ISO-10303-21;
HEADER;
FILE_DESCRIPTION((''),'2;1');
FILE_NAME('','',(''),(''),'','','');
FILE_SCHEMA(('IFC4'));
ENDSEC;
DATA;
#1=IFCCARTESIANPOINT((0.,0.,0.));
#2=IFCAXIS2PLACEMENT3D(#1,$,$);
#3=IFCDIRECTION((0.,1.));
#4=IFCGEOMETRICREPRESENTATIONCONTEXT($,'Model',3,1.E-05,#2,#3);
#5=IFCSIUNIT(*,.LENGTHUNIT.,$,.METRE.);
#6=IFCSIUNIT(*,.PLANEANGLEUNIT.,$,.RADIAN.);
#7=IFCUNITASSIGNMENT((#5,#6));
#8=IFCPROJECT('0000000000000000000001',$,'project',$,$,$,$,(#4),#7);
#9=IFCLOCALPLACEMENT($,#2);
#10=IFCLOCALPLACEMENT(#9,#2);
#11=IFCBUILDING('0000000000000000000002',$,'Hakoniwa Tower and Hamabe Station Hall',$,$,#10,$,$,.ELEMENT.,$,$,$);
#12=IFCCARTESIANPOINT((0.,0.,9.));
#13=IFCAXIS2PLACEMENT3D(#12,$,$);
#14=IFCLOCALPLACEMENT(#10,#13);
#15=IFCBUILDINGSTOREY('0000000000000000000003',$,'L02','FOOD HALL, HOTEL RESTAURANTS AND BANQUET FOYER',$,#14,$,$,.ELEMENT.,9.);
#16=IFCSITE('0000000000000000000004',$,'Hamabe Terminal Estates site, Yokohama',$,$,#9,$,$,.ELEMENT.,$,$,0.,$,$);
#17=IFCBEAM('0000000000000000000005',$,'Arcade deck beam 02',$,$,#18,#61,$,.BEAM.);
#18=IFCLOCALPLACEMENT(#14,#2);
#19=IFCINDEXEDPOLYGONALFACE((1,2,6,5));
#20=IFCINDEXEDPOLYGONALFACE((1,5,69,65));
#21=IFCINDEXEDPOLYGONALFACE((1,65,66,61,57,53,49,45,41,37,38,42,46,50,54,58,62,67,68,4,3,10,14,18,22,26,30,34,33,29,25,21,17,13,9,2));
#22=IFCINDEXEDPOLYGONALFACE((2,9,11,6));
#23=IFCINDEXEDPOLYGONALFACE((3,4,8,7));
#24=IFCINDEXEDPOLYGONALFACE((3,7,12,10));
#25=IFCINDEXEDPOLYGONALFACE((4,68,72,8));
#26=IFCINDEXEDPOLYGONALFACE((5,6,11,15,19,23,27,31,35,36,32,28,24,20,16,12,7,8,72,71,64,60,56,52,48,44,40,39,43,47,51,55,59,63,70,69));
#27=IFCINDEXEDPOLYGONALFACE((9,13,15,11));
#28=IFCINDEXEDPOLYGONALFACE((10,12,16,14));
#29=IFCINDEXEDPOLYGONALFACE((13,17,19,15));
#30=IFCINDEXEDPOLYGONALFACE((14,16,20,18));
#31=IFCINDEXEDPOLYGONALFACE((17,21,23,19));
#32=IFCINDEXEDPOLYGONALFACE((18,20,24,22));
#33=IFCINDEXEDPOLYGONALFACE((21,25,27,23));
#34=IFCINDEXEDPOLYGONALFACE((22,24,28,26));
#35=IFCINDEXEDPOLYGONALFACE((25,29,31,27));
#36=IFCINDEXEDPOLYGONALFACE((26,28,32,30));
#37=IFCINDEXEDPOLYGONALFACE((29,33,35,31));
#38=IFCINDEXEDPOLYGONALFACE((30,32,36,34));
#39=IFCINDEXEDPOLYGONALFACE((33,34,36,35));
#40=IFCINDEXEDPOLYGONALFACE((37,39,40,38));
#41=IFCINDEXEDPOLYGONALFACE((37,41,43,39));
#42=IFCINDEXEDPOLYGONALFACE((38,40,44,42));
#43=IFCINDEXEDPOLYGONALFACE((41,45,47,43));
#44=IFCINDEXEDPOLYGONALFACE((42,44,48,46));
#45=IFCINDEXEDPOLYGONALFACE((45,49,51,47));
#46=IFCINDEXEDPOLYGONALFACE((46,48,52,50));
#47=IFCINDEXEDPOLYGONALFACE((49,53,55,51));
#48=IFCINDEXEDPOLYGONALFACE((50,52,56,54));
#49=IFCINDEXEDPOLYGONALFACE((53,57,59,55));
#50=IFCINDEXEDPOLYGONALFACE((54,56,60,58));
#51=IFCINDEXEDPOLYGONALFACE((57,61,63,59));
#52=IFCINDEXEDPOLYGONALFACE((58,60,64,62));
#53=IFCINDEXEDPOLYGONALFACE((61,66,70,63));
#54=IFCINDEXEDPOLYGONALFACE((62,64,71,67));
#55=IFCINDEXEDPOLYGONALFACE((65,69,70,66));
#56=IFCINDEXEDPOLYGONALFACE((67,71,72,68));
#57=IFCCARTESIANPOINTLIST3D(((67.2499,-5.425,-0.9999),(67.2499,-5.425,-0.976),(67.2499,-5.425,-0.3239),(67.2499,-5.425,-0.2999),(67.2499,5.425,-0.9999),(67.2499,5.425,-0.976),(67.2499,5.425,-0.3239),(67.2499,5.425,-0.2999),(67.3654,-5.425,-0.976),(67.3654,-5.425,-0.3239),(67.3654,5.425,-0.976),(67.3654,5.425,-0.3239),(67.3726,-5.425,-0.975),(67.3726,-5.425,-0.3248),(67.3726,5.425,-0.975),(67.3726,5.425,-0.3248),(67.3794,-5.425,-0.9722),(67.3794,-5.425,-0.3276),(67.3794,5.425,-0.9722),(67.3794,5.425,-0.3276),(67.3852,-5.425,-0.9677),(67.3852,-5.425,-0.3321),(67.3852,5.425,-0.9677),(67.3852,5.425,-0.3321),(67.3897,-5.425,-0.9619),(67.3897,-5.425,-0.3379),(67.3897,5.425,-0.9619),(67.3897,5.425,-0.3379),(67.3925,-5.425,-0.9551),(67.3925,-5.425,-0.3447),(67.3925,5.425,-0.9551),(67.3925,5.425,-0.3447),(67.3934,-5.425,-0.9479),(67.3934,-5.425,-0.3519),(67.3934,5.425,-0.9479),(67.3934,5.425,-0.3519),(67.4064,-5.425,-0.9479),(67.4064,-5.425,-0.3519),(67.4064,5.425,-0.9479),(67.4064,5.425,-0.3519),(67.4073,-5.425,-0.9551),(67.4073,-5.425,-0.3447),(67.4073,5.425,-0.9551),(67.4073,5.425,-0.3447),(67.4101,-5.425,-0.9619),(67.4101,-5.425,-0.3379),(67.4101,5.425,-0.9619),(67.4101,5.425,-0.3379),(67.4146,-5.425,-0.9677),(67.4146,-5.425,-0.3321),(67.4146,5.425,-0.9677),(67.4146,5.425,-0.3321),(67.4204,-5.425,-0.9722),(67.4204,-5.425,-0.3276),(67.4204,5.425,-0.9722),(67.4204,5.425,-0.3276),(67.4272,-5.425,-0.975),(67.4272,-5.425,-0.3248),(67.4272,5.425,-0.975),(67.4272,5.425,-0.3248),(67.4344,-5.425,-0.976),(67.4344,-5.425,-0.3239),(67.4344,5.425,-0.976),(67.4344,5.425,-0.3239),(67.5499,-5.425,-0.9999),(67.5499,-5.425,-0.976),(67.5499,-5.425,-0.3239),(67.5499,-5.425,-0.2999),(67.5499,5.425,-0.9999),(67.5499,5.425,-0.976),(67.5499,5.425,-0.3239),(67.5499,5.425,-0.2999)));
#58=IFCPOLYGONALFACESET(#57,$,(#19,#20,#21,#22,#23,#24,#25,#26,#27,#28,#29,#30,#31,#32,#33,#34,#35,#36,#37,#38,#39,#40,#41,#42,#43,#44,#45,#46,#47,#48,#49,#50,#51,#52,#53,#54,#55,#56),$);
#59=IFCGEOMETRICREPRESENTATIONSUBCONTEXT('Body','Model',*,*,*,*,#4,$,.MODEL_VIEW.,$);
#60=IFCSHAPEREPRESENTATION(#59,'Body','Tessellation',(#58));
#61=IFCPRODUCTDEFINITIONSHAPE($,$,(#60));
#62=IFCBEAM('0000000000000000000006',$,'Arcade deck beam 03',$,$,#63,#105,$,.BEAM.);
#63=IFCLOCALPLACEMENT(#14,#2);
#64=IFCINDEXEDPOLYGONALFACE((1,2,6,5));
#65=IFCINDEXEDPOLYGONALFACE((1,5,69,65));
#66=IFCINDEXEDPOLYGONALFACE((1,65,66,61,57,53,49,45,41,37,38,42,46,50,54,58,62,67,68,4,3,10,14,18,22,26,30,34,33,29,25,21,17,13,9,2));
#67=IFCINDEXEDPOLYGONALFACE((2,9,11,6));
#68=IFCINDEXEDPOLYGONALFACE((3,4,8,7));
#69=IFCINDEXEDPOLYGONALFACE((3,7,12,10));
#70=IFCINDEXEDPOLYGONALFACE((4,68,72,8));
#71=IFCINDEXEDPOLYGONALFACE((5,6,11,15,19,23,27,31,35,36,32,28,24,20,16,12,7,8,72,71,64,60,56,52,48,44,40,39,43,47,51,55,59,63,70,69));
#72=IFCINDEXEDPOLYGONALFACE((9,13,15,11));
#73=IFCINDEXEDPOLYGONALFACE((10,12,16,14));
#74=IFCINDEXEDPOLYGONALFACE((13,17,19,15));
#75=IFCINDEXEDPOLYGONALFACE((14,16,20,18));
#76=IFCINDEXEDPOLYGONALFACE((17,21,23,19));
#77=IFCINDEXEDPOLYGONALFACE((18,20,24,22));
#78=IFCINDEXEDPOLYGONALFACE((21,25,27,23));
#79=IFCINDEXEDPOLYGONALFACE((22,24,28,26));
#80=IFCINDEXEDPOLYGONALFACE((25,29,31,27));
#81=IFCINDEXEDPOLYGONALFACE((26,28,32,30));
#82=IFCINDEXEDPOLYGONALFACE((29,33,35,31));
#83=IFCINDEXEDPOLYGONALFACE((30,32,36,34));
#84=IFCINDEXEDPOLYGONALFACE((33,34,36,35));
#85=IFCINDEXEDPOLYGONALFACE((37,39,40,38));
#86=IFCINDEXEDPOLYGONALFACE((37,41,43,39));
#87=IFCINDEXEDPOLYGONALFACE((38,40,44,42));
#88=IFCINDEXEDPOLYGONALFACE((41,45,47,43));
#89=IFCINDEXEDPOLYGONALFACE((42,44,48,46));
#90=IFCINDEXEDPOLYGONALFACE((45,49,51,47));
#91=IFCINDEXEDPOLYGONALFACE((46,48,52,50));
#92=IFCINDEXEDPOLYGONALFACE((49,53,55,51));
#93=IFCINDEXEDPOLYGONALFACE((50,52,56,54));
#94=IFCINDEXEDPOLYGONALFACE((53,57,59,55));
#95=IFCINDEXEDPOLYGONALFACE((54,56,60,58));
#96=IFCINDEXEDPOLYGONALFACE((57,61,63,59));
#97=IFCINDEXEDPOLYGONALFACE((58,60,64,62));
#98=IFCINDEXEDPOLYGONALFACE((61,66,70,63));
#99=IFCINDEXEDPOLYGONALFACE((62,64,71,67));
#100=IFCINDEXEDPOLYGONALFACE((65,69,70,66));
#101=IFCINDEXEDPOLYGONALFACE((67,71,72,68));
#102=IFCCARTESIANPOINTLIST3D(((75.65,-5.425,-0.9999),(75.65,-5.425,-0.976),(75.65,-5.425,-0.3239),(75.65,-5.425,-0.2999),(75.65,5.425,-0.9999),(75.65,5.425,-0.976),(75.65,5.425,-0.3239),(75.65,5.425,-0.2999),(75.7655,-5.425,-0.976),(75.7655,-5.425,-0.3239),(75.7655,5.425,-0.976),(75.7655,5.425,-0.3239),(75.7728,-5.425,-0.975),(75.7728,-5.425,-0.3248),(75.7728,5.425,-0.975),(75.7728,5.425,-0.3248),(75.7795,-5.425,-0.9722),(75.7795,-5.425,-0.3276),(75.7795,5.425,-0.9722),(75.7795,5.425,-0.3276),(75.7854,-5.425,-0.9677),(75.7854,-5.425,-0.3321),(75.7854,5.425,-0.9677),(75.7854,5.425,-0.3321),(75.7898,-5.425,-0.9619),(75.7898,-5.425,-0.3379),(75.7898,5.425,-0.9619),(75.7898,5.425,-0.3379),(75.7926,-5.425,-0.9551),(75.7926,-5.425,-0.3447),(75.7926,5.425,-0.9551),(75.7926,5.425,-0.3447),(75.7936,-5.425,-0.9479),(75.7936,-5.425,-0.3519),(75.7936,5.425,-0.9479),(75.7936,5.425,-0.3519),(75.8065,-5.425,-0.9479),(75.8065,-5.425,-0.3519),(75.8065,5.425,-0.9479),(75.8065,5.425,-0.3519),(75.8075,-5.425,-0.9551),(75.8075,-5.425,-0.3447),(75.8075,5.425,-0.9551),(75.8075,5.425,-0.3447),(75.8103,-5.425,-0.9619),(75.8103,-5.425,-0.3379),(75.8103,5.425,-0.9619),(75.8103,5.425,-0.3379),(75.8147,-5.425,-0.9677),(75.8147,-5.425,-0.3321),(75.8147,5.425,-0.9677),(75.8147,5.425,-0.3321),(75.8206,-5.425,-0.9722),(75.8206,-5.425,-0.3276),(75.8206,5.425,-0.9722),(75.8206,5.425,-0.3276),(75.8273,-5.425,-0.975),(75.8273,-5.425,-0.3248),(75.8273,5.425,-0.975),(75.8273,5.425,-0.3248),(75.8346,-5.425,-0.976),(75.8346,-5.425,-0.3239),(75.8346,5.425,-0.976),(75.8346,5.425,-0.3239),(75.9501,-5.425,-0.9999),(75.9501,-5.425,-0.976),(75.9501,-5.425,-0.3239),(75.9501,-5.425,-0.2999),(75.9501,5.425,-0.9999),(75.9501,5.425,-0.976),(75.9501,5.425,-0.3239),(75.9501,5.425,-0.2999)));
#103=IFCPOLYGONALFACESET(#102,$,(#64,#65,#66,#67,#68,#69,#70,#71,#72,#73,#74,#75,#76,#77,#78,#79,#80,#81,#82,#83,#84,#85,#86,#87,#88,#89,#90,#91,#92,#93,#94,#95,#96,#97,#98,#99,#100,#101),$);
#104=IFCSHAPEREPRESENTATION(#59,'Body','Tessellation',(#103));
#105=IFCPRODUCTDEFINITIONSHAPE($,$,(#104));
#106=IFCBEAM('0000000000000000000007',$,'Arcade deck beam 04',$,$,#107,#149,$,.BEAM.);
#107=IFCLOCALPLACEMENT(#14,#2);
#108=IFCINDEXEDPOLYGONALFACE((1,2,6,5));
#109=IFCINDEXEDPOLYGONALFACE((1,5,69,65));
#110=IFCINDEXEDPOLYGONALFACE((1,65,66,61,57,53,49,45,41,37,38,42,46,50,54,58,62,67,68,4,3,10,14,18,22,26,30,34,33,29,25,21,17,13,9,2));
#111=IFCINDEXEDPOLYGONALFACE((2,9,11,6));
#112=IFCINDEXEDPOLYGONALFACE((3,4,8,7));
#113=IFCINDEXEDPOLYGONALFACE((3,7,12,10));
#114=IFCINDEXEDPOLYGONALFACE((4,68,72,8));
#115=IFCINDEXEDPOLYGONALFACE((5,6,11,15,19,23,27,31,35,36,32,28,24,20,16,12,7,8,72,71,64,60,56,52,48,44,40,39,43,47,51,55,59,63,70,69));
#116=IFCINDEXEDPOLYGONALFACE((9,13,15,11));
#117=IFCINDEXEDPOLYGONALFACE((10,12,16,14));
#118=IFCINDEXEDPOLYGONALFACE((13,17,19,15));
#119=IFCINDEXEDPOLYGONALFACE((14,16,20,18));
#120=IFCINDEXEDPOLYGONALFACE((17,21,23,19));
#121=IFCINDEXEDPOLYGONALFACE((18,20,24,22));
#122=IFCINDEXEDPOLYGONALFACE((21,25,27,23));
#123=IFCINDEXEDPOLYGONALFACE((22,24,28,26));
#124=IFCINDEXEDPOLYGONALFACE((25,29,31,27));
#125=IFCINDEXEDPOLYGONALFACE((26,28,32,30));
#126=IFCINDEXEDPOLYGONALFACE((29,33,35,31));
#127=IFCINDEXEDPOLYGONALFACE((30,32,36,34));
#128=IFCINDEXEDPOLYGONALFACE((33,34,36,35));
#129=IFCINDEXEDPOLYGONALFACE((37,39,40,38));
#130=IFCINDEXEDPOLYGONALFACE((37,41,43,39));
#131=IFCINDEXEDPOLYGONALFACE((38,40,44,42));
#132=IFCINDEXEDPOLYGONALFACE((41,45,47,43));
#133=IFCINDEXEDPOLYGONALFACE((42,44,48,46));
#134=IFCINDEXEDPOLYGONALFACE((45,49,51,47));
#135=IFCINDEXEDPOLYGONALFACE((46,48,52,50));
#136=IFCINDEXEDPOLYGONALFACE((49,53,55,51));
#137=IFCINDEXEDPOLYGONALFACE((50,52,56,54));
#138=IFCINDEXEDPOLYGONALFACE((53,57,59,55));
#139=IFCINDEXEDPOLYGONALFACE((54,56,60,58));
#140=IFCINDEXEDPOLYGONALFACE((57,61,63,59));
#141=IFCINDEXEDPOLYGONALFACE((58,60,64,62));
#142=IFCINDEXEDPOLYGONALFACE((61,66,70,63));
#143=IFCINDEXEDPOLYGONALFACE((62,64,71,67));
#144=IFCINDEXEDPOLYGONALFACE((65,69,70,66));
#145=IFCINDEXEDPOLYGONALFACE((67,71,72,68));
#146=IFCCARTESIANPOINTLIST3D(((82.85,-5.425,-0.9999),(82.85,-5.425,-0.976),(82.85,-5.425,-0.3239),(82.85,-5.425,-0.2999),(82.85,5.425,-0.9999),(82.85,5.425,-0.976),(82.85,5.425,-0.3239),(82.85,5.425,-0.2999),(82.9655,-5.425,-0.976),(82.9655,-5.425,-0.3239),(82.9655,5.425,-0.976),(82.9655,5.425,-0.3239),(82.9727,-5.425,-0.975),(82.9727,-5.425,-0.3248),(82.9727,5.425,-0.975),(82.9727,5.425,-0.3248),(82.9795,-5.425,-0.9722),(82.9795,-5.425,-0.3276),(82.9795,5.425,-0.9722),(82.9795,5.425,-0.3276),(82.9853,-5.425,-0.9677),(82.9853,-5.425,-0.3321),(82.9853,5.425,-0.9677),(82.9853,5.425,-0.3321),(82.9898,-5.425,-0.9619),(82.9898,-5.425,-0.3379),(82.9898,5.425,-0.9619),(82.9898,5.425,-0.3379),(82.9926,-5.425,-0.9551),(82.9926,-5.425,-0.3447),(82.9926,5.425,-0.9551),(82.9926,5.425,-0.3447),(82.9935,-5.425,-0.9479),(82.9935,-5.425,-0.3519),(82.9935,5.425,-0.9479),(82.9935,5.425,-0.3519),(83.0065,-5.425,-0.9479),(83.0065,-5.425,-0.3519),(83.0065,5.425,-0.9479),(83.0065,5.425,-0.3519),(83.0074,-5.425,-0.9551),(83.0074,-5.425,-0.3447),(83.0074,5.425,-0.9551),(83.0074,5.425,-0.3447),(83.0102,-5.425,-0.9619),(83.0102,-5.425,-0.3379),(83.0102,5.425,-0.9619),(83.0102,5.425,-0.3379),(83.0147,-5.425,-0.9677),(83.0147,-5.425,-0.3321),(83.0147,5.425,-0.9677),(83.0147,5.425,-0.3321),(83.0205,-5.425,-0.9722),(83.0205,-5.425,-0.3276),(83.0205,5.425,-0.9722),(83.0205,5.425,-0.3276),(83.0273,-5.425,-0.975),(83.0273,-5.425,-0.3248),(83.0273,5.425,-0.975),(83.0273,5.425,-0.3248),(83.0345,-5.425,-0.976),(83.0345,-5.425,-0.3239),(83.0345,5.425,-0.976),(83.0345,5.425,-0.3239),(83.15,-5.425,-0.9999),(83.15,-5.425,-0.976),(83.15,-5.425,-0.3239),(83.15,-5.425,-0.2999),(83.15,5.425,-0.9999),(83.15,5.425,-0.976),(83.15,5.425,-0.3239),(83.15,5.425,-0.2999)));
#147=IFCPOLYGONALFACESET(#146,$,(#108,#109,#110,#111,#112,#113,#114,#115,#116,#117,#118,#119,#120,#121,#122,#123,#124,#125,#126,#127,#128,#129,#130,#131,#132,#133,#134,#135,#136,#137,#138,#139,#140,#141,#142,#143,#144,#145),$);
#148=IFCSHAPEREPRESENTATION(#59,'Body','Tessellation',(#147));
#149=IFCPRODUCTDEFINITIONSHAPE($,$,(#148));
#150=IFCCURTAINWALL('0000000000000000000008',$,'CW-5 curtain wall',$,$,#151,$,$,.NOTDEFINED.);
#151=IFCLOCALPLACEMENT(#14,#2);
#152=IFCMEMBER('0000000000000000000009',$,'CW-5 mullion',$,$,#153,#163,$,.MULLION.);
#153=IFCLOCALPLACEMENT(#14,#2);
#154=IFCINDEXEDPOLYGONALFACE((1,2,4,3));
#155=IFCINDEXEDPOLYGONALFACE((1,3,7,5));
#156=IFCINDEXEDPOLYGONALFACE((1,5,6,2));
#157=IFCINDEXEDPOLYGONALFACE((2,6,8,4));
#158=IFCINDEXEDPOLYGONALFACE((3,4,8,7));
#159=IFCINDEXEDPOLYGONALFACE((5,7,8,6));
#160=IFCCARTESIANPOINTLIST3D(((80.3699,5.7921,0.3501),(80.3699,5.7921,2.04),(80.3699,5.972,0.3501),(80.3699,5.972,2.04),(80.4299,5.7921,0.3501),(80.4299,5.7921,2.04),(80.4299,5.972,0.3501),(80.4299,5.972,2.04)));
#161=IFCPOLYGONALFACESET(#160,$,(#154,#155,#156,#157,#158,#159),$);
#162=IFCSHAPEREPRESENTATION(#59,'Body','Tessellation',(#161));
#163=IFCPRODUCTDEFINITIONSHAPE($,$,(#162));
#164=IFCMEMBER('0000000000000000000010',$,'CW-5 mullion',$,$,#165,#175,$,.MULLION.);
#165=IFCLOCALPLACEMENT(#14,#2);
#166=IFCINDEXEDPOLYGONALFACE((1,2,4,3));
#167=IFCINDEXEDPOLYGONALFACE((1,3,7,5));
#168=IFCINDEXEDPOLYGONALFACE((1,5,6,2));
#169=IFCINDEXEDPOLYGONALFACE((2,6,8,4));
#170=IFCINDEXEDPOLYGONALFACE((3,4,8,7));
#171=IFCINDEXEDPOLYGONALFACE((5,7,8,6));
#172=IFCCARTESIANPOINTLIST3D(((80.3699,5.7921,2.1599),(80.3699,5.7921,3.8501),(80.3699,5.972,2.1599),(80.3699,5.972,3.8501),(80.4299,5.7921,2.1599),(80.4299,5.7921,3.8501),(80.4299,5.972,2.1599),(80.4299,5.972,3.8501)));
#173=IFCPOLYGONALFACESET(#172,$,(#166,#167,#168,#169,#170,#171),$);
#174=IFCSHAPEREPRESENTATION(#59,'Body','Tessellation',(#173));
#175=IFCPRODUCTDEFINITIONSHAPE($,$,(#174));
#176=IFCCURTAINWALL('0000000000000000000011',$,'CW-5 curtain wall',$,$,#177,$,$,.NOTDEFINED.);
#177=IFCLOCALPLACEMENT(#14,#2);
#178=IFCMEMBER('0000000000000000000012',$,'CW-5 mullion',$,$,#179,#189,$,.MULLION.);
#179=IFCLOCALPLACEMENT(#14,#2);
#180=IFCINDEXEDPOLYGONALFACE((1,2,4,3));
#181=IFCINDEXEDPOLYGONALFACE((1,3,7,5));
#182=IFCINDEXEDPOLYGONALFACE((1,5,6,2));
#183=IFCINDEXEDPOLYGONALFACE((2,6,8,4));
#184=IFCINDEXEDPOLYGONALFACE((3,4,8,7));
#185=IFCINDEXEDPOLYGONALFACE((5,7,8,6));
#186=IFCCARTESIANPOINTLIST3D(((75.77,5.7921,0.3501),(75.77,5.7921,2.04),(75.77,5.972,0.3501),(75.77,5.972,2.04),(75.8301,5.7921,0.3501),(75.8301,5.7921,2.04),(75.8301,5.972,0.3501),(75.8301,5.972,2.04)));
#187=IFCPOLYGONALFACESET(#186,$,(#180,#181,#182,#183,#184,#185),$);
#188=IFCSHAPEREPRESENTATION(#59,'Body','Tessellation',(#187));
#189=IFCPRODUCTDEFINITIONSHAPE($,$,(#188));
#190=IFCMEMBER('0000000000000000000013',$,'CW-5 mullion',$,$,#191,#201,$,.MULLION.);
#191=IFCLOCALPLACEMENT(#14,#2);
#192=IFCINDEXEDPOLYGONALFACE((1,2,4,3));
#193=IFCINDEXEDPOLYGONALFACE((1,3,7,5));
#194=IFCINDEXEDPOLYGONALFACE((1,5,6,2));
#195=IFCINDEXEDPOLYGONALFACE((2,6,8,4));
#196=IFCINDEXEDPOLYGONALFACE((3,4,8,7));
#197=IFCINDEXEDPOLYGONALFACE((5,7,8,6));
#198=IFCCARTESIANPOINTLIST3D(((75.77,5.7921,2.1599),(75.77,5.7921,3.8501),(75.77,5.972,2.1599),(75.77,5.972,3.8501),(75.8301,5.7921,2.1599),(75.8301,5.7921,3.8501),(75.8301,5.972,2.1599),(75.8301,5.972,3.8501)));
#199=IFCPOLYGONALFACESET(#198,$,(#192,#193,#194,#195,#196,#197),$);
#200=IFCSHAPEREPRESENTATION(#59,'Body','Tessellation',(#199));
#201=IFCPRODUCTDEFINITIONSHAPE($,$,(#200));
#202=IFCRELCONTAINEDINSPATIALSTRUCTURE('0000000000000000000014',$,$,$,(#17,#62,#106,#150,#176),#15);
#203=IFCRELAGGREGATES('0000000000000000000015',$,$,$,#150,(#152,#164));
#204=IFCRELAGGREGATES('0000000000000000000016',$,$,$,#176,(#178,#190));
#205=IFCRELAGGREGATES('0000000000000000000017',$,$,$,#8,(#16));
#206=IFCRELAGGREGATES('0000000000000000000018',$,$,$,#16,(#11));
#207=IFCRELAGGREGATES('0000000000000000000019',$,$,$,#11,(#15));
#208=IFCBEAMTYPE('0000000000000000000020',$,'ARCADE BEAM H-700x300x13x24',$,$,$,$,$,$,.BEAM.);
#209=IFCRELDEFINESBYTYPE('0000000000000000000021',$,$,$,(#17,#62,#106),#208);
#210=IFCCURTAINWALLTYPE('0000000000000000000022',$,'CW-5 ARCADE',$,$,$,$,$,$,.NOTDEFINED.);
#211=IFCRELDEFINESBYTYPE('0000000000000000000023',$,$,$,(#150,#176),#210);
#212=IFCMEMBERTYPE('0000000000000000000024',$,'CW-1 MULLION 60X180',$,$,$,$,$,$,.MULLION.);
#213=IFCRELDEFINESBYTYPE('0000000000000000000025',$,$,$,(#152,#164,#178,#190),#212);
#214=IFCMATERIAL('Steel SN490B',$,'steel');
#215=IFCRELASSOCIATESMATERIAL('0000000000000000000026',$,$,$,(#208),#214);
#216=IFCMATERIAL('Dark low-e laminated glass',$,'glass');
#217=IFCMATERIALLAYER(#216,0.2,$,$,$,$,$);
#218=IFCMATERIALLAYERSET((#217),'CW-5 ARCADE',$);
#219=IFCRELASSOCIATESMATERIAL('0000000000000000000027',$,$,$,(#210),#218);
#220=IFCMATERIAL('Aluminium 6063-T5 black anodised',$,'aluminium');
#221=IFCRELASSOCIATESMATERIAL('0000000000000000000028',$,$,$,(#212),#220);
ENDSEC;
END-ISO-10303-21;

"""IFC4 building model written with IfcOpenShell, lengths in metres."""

from ifc_helpers import new_model, si_unit, direction, frame, origin, origin_2d, place, context, subcontext, project, spatial, rectangle, i_section, extrude, material, layer, layer_set, material_profile, profile_set, type_object, element, aggregate, save


model = new_model("IFC4")

# Units and contexts
model_context = context("Model", 3, precision=1e-05, world=origin(), true_north=direction((0.0, 1.0)))
body_context = subcontext(model_context, "Body", "Model", "MODEL_VIEW")
ifc_project = project(units=[si_unit("LENGTHUNIT", "METRE"), si_unit("PLANEANGLEUNIT", "RADIAN")], contexts=[model_context])

# Site, building, storey
site_placement = place(None, origin())
site = spatial("IfcSite", under=ifc_project, at=site_placement, Name="Hamabe Terminal Estates site, Yokohama", CompositionType="ELEMENT", RefElevation=0.0)
building_placement = place(site_placement, origin())
building = spatial("IfcBuilding", under=site, at=building_placement, Name="Hakoniwa Tower and Hamabe Station Hall", CompositionType="ELEMENT")
storey_placement = place(building_placement, frame((0.0, 0.0, 9.0)))
storey = spatial("IfcBuildingStorey", under=building, at=storey_placement, Name="L02", Description="FOOD HALL, HOTEL RESTAURANTS AND BANQUET FOYER", CompositionType="ELEMENT", Elevation=9.0)

# Beams
ifc_material_1 = material(Name="Steel SN490B", Category="steel")
ifc_material_profile_1 = material_profile(ifc_material_1, i_section(OverallWidth=0.3, OverallDepth=0.7, WebThickness=0.0129, FlangeThickness=0.0239, FilletRadius=0.0281, at=origin_2d()), Name="H-700x300x13x24")
ifc_profile_set_1 = profile_set([ifc_material_profile_1], Name="Steel SN490B")
beam_type_1 = type_object("IfcBeamType", Name="ARCADE BEAM H-700x300x13x24", PredefinedType="BEAM", material=ifc_profile_set_1)
for number, where, z_axis, x_axis, name in (
    (1, (67.3999, -5.425, -0.6499), (0.0, 1.0, 0.0), (-1.0, 0.0, 0.0), "Arcade deck beam 02"),
    (2, (75.8, -5.425, -0.6499), (0.0, 1.0, 0.0), (-1.0, 0.0, 0.0), "Arcade deck beam 03"),
    (3, (83.0, -5.425, -0.6499), (0.0, 1.0, 0.0), (-1.0, 0.0, 0.0), "Arcade deck beam 04"),
):
    element("IfcBeam", number, at=place(storey_placement, frame(where, z_axis=z_axis, x_axis=x_axis)), inside=storey, type_object=beam_type_1, Name=name, PredefinedType="BEAM", context=body_context, shape_type="SweptSolid", body=[
        extrude(i_section(OverallWidth=0.3, OverallDepth=0.7, WebThickness=0.0129, FlangeThickness=0.0239, FilletRadius=0.0281, at=origin_2d()), origin(), (0.0, 0.0, 1.0), 10.8501),
    ])

# Curtain walls, members
ifc_material_2 = material(Name="Dark low-e laminated glass", Category="glass")
ifc_layer_1 = layer(ifc_material_2, 0.2)
ifc_layer_set_1 = layer_set([ifc_layer_1], Name="CW-5 ARCADE")
curtain_wall_type = type_object("IfcCurtainWallType", Name="CW-5 ARCADE", PredefinedType="NOTDEFINED", material=ifc_layer_set_1)
curtain_wall_1_placement = place(storey_placement, origin())
curtain_wall_1 = element("IfcCurtainWall", 4, at=curtain_wall_1_placement, inside=storey, type_object=curtain_wall_type, Name="CW-5 curtain wall", PredefinedType="NOTDEFINED")
ifc_material_3 = material(Name="Aluminium 6063-T5 black anodised", Category="aluminium")
ifc_material_profile_2 = material_profile(ifc_material_3, rectangle(XDim=0.0601, YDim=0.1799, at=origin_2d()), Name="CW-1 MULLION 60X180")
ifc_profile_set_2 = profile_set([ifc_material_profile_2], Name="Aluminium 6063-T5 black anodised")
member_type = type_object("IfcMemberType", Name="CW-1 MULLION 60X180", PredefinedType="MULLION", material=ifc_profile_set_2)
member_1_placement = place(storey_placement, frame((80.3999, 5.8821, 0.3501), z_axis=(0.0, 0.0, 1.0), x_axis=(-1.0, 0.0, 0.0)))
member_1 = element("IfcMember", 5, at=member_1_placement, type_object=member_type, Name="CW-5 mullion", PredefinedType="MULLION", context=body_context, shape_type="SweptSolid", body=[
    extrude(rectangle(XDim=0.0601, YDim=0.1799, at=origin_2d()), origin(), (0.0, 0.0, 1.0), 1.6899),
])
member_2_placement = place(storey_placement, frame((80.3999, 5.8821, 2.1599), z_axis=(0.0, 0.0, 1.0), x_axis=(-1.0, 0.0, 0.0)))
member_2 = element("IfcMember", 6, at=member_2_placement, type_object=member_type, Name="CW-5 mullion", PredefinedType="MULLION", context=body_context, shape_type="SweptSolid", body=[
    extrude(rectangle(XDim=0.0601, YDim=0.1799, at=origin_2d()), origin(), (0.0, 0.0, 1.0), 1.6902),
])
aggregate(curtain_wall_1, [member_1, member_2])
curtain_wall_2_placement = place(storey_placement, origin())
curtain_wall_2 = element("IfcCurtainWall", 7, at=curtain_wall_2_placement, inside=storey, type_object=curtain_wall_type, Name="CW-5 curtain wall", PredefinedType="NOTDEFINED")
member_3_placement = place(storey_placement, frame((75.8, 5.8821, 0.3501), z_axis=(0.0, 0.0, 1.0), x_axis=(-1.0, 0.0, 0.0)))
member_3 = element("IfcMember", 8, at=member_3_placement, type_object=member_type, Name="CW-5 mullion", PredefinedType="MULLION", context=body_context, shape_type="SweptSolid", body=[
    extrude(rectangle(XDim=0.0601, YDim=0.1799, at=origin_2d()), origin(), (0.0, 0.0, 1.0), 1.6899),
])
member_4_placement = place(storey_placement, frame((75.8, 5.8821, 2.1599), z_axis=(0.0, 0.0, 1.0), x_axis=(-1.0, 0.0, 0.0)))
member_4 = element("IfcMember", 9, at=member_4_placement, type_object=member_type, Name="CW-5 mullion", PredefinedType="MULLION", context=body_context, shape_type="SweptSolid", body=[
    extrude(rectangle(XDim=0.0601, YDim=0.1799, at=origin_2d()), origin(), (0.0, 0.0, 1.0), 1.6902),
])
aggregate(curtain_wall_2, [member_3, member_4])

save(model, "model.ifc")
